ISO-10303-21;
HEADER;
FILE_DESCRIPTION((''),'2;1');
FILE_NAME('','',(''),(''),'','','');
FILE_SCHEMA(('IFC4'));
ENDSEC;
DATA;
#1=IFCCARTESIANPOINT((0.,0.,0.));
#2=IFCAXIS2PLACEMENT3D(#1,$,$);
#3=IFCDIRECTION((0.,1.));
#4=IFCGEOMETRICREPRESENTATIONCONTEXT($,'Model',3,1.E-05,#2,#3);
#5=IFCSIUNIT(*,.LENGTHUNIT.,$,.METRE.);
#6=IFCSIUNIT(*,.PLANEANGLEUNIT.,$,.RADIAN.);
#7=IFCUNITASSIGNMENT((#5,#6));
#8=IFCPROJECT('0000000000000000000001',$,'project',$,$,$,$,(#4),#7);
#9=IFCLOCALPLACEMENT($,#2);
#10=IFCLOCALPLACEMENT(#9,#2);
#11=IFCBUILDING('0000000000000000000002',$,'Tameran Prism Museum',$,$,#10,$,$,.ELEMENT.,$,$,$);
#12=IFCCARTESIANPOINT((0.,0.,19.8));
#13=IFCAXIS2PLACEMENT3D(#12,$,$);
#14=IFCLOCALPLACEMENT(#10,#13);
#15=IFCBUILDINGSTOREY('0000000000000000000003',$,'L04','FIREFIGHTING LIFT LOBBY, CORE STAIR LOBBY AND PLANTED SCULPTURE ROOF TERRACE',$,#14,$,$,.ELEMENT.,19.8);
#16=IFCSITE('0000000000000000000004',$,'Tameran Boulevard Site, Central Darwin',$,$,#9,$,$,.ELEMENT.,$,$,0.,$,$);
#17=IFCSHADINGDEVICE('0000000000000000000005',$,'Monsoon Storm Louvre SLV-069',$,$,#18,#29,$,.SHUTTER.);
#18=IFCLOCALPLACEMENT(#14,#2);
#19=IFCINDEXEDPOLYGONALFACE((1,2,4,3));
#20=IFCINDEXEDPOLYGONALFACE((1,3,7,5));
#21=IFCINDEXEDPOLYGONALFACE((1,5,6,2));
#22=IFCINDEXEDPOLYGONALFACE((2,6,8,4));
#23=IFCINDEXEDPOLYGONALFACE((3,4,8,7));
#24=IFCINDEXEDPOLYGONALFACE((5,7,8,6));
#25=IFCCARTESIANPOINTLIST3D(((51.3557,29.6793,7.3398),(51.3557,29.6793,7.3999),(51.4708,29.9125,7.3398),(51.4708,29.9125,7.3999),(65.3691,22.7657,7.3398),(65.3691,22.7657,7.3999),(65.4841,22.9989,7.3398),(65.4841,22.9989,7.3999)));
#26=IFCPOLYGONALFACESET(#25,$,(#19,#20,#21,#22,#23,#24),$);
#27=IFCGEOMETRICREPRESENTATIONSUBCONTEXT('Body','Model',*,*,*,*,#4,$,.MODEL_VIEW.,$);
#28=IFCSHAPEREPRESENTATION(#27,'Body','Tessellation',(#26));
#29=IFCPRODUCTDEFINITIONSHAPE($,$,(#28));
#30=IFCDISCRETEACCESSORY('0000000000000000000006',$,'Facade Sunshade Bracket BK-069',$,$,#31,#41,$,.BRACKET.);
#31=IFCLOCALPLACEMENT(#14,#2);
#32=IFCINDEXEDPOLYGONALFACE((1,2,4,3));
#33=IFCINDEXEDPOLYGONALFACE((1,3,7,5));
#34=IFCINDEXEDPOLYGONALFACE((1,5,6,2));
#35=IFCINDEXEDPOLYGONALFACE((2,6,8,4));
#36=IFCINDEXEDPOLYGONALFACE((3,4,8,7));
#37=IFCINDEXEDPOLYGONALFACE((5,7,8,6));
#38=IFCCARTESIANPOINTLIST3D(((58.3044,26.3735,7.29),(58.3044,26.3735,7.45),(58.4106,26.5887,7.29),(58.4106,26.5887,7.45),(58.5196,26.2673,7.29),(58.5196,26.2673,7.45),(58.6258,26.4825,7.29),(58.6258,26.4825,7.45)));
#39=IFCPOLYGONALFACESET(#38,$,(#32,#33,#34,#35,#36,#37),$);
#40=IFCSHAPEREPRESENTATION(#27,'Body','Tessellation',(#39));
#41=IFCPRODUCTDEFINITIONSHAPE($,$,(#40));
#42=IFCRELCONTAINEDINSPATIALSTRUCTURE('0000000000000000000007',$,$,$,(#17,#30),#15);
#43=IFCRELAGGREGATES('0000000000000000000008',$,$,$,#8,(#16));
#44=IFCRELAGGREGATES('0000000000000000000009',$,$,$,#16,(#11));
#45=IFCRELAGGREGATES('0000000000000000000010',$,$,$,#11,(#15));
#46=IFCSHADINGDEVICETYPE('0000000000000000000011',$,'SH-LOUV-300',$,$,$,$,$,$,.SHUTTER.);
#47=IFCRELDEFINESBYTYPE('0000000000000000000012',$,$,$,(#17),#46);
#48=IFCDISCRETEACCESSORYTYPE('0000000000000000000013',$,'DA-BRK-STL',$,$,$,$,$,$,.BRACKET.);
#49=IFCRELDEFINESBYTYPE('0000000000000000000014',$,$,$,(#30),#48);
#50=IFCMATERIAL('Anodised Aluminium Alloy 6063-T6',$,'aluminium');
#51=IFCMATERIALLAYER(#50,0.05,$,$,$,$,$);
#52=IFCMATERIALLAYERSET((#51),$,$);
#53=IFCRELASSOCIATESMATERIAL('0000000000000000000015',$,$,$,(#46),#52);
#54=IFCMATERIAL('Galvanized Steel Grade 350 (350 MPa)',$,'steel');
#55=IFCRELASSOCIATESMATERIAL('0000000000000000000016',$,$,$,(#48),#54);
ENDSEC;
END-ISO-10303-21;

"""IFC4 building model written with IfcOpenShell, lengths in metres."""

from ifc_helpers import new_model, si_unit, direction, frame, origin, origin_2d, place, context, subcontext, project, spatial, rectangle, extrude, material, layer, layer_set, type_object, element, save


model = new_model("IFC4")

# Units and contexts
model_context = context("Model", 3, precision=1e-05, world=origin(), true_north=direction((0.0, 1.0)))
body_context = subcontext(model_context, "Body", "Model", "MODEL_VIEW")
ifc_project = project(units=[si_unit("LENGTHUNIT", "METRE"), si_unit("PLANEANGLEUNIT", "RADIAN")], contexts=[model_context])

# Site, building, storey
site_placement = place(None, origin())
site = spatial("IfcSite", under=ifc_project, at=site_placement, Name="Tameran Boulevard Site, Central Darwin", CompositionType="ELEMENT", RefElevation=0.0)
building_placement = place(site_placement, origin())
building = spatial("IfcBuilding", under=site, at=building_placement, Name="Tameran Prism Museum", CompositionType="ELEMENT")
storey_placement = place(building_placement, frame((0.0, 0.0, 19.8)))
storey = spatial("IfcBuildingStorey", under=building, at=storey_placement, Name="L04", Description="FIREFIGHTING LIFT LOBBY, CORE STAIR LOBBY AND PLANTED SCULPTURE ROOF TERRACE", CompositionType="ELEMENT", Elevation=19.8)

# Shading device
ifc_material_1 = material(Name="Anodised Aluminium Alloy 6063-T6", Category="aluminium")
ifc_layer_1 = layer(ifc_material_1, 0.05)
ifc_layer_set_1 = layer_set([ifc_layer_1])
shading_device_type = type_object("IfcShadingDeviceType", Name="SH-LOUV-300", PredefinedType="SHUTTER", material=ifc_layer_set_1)
shading_device_placement = place(storey_placement, frame((58.4199, 26.3391, 7.3398), z_axis=(0.0, 0.0, 1.0), x_axis=(-0.896796, 0.442445, 0.0)))
element("IfcShadingDevice", 1, at=shading_device_placement, inside=storey, type_object=shading_device_type, Name="Monsoon Storm Louvre SLV-069", PredefinedType="SHUTTER", context=body_context, shape_type="SweptSolid", body=[
    extrude(rectangle(XDim=15.626, YDim=0.26, at=origin_2d()), origin(), (0.0, 0.0, 1.0), 0.0601),
])

# Discrete accessory
ifc_material_2 = material(Name="Galvanized Steel Grade 350 (350 MPa)", Category="steel")
discrete_accessory_type = type_object("IfcDiscreteAccessoryType", Name="DA-BRK-STL", PredefinedType="BRACKET", material=ifc_material_2)
discrete_accessory_placement = place(storey_placement, frame((58.4651, 26.428, 7.29), z_axis=(0.0, 0.0, 1.0), x_axis=(-0.896796, 0.442445, 0.0)))
element("IfcDiscreteAccessory", 2, at=discrete_accessory_placement, inside=storey, type_object=discrete_accessory_type, Name="Facade Sunshade Bracket BK-069", PredefinedType="BRACKET", context=body_context, shape_type="SweptSolid", body=[
    extrude(rectangle(XDim=0.24, YDim=0.24, at=origin_2d()), origin(), (0.0, 0.0, 1.0), 0.1599),
])

save(model, "model.ifc")
